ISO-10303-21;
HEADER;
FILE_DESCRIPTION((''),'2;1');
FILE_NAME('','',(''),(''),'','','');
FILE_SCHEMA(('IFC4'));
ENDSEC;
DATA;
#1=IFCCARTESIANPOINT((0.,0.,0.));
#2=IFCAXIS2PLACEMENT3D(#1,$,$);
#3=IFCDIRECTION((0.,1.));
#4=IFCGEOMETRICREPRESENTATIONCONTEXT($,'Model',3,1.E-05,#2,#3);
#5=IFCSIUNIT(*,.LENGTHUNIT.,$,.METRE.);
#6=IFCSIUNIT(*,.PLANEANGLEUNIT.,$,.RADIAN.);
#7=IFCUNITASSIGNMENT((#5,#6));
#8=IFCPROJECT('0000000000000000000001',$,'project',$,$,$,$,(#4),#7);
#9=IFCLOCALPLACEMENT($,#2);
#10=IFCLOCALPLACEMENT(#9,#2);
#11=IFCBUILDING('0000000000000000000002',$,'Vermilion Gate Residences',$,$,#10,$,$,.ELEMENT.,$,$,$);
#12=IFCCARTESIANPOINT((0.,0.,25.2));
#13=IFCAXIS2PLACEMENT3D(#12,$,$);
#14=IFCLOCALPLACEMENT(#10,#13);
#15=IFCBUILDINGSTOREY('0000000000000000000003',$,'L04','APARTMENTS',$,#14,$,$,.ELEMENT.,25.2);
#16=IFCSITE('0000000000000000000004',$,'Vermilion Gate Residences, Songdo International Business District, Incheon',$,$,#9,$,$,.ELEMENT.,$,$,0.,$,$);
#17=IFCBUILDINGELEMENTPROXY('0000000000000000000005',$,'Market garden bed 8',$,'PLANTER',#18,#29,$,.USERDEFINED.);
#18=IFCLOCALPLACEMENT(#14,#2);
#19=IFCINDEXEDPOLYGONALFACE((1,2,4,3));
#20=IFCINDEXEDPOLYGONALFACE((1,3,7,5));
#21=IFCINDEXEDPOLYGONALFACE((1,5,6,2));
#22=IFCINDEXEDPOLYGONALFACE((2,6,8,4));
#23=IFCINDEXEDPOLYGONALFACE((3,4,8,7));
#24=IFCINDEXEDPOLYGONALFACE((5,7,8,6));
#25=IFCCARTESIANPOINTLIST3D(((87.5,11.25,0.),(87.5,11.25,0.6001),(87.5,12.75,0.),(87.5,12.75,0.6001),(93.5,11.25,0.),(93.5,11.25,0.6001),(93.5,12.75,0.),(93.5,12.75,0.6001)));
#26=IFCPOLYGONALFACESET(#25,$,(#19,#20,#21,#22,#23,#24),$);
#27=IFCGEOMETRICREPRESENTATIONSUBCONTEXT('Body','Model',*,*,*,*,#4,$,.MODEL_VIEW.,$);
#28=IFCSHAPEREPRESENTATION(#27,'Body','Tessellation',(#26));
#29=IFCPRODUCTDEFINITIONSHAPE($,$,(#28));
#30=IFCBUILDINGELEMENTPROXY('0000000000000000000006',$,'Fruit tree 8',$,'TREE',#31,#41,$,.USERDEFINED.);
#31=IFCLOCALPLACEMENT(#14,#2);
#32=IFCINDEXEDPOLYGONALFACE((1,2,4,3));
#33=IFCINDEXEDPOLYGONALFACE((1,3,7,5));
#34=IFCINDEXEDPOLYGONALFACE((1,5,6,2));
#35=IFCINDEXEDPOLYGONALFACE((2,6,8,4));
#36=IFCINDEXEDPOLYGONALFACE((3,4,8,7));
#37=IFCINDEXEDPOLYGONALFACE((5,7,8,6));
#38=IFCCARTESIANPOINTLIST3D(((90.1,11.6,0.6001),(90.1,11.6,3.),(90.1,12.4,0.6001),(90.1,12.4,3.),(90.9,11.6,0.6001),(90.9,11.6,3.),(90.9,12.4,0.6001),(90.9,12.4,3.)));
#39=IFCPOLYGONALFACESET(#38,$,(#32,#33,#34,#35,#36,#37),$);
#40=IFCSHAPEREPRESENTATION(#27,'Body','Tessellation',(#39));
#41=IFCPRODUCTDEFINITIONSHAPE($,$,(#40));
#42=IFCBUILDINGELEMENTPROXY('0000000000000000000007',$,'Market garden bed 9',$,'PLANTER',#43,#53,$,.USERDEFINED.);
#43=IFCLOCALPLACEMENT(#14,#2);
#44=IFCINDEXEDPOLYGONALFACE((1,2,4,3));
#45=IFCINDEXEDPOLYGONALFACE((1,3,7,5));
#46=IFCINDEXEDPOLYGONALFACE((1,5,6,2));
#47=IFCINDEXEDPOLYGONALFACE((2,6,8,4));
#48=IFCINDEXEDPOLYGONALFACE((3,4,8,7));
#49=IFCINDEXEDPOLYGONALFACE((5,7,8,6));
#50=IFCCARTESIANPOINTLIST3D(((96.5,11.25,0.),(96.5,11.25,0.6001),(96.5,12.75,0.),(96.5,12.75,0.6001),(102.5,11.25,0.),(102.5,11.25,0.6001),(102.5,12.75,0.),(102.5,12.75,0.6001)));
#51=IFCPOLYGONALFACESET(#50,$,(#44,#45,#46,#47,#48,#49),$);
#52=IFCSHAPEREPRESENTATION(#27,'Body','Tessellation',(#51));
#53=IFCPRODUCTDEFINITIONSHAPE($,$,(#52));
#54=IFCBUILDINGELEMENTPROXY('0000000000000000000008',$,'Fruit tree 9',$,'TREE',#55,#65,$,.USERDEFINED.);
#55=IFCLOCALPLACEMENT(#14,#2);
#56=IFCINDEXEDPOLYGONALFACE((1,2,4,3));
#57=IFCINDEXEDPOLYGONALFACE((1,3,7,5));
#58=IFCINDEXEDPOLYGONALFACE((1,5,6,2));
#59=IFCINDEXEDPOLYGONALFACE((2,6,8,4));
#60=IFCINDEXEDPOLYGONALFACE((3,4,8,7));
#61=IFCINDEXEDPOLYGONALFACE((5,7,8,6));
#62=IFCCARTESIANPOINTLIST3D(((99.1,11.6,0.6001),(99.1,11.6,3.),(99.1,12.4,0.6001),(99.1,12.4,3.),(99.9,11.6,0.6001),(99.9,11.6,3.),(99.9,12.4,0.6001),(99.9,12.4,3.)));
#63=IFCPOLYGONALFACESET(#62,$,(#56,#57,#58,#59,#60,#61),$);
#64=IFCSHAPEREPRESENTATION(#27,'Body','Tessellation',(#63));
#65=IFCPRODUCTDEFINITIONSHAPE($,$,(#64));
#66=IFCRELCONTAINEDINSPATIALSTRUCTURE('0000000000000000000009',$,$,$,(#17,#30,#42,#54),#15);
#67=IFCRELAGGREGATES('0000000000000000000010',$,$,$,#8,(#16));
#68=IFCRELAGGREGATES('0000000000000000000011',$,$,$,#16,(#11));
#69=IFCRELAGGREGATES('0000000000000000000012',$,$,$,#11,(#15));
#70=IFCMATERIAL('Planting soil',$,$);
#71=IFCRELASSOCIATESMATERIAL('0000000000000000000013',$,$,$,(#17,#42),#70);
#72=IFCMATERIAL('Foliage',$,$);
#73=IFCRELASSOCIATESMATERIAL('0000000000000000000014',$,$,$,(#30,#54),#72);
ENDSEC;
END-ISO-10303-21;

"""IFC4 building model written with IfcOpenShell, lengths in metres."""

from ifc_helpers import new_model, si_unit, direction, frame, origin, origin_2d, place, context, subcontext, project, spatial, rectangle, extrude, material, element, save


model = new_model("IFC4")

# Units and contexts
model_context = context("Model", 3, precision=1e-05, world=origin(), true_north=direction((0.0, 1.0)))
body_context = subcontext(model_context, "Body", "Model", "MODEL_VIEW")
ifc_project = project(units=[si_unit("LENGTHUNIT", "METRE"), si_unit("PLANEANGLEUNIT", "RADIAN")], contexts=[model_context])

# Site, building, storey
site_placement = place(None, origin())
site = spatial("IfcSite", under=ifc_project, at=site_placement, Name="Vermilion Gate Residences, Songdo International Business District, Incheon", CompositionType="ELEMENT", RefElevation=0.0)
building_placement = place(site_placement, origin())
building = spatial("IfcBuilding", under=site, at=building_placement, Name="Vermilion Gate Residences", CompositionType="ELEMENT")
storey_placement = place(building_placement, frame((0.0, 0.0, 25.2)))
storey = spatial("IfcBuildingStorey", under=building, at=storey_placement, Name="L04", Description="APARTMENTS", CompositionType="ELEMENT", Elevation=25.2)

# Building element proxies
ifc_material_1 = material(Name="Planting soil")
ifc_material_2 = material(Name="Foliage")
proxy_1_placement = place(storey_placement, frame((90.5, 12.0, 0.0), z_axis=(0.0, 0.0, 1.0), x_axis=(1.0, 0.0, 0.0)))
element("IfcBuildingElementProxy", 1, at=proxy_1_placement, inside=storey, material=ifc_material_1, Name="Market garden bed 8", ObjectType="PLANTER", PredefinedType="USERDEFINED", context=body_context, shape_type="SweptSolid", body=[
    extrude(rectangle(XDim=6.0, YDim=1.5, at=origin_2d()), origin(), (0.0, 0.0, 1.0), 0.6001),
])
proxy_2_placement = place(storey_placement, frame((90.5, 12.0, 0.6001), z_axis=(0.0, 0.0, 1.0), x_axis=(1.0, 0.0, 0.0)))
element("IfcBuildingElementProxy", 2, at=proxy_2_placement, inside=storey, material=ifc_material_2, Name="Fruit tree 8", ObjectType="TREE", PredefinedType="USERDEFINED", context=body_context, shape_type="SweptSolid", body=[
    extrude(rectangle(XDim=0.8, YDim=0.8, at=origin_2d()), origin(), (0.0, 0.0, 1.0), 2.3999),
])
proxy_3_placement = place(storey_placement, frame((99.5, 12.0, 0.0), z_axis=(0.0, 0.0, 1.0), x_axis=(1.0, 0.0, 0.0)))
element("IfcBuildingElementProxy", 3, at=proxy_3_placement, inside=storey, material=ifc_material_1, Name="Market garden bed 9", ObjectType="PLANTER", PredefinedType="USERDEFINED", context=body_context, shape_type="SweptSolid", body=[
    extrude(rectangle(XDim=6.0, YDim=1.5, at=origin_2d()), origin(), (0.0, 0.0, 1.0), 0.6001),
])
proxy_4_placement = place(storey_placement, frame((99.5, 12.0, 0.6001), z_axis=(0.0, 0.0, 1.0), x_axis=(1.0, 0.0, 0.0)))
element("IfcBuildingElementProxy", 4, at=proxy_4_placement, inside=storey, material=ifc_material_2, Name="Fruit tree 9", ObjectType="TREE", PredefinedType="USERDEFINED", context=body_context, shape_type="SweptSolid", body=[
    extrude(rectangle(XDim=0.8, YDim=0.8, at=origin_2d()), origin(), (0.0, 0.0, 1.0), 2.3999),
])

save(model, "model.ifc")
